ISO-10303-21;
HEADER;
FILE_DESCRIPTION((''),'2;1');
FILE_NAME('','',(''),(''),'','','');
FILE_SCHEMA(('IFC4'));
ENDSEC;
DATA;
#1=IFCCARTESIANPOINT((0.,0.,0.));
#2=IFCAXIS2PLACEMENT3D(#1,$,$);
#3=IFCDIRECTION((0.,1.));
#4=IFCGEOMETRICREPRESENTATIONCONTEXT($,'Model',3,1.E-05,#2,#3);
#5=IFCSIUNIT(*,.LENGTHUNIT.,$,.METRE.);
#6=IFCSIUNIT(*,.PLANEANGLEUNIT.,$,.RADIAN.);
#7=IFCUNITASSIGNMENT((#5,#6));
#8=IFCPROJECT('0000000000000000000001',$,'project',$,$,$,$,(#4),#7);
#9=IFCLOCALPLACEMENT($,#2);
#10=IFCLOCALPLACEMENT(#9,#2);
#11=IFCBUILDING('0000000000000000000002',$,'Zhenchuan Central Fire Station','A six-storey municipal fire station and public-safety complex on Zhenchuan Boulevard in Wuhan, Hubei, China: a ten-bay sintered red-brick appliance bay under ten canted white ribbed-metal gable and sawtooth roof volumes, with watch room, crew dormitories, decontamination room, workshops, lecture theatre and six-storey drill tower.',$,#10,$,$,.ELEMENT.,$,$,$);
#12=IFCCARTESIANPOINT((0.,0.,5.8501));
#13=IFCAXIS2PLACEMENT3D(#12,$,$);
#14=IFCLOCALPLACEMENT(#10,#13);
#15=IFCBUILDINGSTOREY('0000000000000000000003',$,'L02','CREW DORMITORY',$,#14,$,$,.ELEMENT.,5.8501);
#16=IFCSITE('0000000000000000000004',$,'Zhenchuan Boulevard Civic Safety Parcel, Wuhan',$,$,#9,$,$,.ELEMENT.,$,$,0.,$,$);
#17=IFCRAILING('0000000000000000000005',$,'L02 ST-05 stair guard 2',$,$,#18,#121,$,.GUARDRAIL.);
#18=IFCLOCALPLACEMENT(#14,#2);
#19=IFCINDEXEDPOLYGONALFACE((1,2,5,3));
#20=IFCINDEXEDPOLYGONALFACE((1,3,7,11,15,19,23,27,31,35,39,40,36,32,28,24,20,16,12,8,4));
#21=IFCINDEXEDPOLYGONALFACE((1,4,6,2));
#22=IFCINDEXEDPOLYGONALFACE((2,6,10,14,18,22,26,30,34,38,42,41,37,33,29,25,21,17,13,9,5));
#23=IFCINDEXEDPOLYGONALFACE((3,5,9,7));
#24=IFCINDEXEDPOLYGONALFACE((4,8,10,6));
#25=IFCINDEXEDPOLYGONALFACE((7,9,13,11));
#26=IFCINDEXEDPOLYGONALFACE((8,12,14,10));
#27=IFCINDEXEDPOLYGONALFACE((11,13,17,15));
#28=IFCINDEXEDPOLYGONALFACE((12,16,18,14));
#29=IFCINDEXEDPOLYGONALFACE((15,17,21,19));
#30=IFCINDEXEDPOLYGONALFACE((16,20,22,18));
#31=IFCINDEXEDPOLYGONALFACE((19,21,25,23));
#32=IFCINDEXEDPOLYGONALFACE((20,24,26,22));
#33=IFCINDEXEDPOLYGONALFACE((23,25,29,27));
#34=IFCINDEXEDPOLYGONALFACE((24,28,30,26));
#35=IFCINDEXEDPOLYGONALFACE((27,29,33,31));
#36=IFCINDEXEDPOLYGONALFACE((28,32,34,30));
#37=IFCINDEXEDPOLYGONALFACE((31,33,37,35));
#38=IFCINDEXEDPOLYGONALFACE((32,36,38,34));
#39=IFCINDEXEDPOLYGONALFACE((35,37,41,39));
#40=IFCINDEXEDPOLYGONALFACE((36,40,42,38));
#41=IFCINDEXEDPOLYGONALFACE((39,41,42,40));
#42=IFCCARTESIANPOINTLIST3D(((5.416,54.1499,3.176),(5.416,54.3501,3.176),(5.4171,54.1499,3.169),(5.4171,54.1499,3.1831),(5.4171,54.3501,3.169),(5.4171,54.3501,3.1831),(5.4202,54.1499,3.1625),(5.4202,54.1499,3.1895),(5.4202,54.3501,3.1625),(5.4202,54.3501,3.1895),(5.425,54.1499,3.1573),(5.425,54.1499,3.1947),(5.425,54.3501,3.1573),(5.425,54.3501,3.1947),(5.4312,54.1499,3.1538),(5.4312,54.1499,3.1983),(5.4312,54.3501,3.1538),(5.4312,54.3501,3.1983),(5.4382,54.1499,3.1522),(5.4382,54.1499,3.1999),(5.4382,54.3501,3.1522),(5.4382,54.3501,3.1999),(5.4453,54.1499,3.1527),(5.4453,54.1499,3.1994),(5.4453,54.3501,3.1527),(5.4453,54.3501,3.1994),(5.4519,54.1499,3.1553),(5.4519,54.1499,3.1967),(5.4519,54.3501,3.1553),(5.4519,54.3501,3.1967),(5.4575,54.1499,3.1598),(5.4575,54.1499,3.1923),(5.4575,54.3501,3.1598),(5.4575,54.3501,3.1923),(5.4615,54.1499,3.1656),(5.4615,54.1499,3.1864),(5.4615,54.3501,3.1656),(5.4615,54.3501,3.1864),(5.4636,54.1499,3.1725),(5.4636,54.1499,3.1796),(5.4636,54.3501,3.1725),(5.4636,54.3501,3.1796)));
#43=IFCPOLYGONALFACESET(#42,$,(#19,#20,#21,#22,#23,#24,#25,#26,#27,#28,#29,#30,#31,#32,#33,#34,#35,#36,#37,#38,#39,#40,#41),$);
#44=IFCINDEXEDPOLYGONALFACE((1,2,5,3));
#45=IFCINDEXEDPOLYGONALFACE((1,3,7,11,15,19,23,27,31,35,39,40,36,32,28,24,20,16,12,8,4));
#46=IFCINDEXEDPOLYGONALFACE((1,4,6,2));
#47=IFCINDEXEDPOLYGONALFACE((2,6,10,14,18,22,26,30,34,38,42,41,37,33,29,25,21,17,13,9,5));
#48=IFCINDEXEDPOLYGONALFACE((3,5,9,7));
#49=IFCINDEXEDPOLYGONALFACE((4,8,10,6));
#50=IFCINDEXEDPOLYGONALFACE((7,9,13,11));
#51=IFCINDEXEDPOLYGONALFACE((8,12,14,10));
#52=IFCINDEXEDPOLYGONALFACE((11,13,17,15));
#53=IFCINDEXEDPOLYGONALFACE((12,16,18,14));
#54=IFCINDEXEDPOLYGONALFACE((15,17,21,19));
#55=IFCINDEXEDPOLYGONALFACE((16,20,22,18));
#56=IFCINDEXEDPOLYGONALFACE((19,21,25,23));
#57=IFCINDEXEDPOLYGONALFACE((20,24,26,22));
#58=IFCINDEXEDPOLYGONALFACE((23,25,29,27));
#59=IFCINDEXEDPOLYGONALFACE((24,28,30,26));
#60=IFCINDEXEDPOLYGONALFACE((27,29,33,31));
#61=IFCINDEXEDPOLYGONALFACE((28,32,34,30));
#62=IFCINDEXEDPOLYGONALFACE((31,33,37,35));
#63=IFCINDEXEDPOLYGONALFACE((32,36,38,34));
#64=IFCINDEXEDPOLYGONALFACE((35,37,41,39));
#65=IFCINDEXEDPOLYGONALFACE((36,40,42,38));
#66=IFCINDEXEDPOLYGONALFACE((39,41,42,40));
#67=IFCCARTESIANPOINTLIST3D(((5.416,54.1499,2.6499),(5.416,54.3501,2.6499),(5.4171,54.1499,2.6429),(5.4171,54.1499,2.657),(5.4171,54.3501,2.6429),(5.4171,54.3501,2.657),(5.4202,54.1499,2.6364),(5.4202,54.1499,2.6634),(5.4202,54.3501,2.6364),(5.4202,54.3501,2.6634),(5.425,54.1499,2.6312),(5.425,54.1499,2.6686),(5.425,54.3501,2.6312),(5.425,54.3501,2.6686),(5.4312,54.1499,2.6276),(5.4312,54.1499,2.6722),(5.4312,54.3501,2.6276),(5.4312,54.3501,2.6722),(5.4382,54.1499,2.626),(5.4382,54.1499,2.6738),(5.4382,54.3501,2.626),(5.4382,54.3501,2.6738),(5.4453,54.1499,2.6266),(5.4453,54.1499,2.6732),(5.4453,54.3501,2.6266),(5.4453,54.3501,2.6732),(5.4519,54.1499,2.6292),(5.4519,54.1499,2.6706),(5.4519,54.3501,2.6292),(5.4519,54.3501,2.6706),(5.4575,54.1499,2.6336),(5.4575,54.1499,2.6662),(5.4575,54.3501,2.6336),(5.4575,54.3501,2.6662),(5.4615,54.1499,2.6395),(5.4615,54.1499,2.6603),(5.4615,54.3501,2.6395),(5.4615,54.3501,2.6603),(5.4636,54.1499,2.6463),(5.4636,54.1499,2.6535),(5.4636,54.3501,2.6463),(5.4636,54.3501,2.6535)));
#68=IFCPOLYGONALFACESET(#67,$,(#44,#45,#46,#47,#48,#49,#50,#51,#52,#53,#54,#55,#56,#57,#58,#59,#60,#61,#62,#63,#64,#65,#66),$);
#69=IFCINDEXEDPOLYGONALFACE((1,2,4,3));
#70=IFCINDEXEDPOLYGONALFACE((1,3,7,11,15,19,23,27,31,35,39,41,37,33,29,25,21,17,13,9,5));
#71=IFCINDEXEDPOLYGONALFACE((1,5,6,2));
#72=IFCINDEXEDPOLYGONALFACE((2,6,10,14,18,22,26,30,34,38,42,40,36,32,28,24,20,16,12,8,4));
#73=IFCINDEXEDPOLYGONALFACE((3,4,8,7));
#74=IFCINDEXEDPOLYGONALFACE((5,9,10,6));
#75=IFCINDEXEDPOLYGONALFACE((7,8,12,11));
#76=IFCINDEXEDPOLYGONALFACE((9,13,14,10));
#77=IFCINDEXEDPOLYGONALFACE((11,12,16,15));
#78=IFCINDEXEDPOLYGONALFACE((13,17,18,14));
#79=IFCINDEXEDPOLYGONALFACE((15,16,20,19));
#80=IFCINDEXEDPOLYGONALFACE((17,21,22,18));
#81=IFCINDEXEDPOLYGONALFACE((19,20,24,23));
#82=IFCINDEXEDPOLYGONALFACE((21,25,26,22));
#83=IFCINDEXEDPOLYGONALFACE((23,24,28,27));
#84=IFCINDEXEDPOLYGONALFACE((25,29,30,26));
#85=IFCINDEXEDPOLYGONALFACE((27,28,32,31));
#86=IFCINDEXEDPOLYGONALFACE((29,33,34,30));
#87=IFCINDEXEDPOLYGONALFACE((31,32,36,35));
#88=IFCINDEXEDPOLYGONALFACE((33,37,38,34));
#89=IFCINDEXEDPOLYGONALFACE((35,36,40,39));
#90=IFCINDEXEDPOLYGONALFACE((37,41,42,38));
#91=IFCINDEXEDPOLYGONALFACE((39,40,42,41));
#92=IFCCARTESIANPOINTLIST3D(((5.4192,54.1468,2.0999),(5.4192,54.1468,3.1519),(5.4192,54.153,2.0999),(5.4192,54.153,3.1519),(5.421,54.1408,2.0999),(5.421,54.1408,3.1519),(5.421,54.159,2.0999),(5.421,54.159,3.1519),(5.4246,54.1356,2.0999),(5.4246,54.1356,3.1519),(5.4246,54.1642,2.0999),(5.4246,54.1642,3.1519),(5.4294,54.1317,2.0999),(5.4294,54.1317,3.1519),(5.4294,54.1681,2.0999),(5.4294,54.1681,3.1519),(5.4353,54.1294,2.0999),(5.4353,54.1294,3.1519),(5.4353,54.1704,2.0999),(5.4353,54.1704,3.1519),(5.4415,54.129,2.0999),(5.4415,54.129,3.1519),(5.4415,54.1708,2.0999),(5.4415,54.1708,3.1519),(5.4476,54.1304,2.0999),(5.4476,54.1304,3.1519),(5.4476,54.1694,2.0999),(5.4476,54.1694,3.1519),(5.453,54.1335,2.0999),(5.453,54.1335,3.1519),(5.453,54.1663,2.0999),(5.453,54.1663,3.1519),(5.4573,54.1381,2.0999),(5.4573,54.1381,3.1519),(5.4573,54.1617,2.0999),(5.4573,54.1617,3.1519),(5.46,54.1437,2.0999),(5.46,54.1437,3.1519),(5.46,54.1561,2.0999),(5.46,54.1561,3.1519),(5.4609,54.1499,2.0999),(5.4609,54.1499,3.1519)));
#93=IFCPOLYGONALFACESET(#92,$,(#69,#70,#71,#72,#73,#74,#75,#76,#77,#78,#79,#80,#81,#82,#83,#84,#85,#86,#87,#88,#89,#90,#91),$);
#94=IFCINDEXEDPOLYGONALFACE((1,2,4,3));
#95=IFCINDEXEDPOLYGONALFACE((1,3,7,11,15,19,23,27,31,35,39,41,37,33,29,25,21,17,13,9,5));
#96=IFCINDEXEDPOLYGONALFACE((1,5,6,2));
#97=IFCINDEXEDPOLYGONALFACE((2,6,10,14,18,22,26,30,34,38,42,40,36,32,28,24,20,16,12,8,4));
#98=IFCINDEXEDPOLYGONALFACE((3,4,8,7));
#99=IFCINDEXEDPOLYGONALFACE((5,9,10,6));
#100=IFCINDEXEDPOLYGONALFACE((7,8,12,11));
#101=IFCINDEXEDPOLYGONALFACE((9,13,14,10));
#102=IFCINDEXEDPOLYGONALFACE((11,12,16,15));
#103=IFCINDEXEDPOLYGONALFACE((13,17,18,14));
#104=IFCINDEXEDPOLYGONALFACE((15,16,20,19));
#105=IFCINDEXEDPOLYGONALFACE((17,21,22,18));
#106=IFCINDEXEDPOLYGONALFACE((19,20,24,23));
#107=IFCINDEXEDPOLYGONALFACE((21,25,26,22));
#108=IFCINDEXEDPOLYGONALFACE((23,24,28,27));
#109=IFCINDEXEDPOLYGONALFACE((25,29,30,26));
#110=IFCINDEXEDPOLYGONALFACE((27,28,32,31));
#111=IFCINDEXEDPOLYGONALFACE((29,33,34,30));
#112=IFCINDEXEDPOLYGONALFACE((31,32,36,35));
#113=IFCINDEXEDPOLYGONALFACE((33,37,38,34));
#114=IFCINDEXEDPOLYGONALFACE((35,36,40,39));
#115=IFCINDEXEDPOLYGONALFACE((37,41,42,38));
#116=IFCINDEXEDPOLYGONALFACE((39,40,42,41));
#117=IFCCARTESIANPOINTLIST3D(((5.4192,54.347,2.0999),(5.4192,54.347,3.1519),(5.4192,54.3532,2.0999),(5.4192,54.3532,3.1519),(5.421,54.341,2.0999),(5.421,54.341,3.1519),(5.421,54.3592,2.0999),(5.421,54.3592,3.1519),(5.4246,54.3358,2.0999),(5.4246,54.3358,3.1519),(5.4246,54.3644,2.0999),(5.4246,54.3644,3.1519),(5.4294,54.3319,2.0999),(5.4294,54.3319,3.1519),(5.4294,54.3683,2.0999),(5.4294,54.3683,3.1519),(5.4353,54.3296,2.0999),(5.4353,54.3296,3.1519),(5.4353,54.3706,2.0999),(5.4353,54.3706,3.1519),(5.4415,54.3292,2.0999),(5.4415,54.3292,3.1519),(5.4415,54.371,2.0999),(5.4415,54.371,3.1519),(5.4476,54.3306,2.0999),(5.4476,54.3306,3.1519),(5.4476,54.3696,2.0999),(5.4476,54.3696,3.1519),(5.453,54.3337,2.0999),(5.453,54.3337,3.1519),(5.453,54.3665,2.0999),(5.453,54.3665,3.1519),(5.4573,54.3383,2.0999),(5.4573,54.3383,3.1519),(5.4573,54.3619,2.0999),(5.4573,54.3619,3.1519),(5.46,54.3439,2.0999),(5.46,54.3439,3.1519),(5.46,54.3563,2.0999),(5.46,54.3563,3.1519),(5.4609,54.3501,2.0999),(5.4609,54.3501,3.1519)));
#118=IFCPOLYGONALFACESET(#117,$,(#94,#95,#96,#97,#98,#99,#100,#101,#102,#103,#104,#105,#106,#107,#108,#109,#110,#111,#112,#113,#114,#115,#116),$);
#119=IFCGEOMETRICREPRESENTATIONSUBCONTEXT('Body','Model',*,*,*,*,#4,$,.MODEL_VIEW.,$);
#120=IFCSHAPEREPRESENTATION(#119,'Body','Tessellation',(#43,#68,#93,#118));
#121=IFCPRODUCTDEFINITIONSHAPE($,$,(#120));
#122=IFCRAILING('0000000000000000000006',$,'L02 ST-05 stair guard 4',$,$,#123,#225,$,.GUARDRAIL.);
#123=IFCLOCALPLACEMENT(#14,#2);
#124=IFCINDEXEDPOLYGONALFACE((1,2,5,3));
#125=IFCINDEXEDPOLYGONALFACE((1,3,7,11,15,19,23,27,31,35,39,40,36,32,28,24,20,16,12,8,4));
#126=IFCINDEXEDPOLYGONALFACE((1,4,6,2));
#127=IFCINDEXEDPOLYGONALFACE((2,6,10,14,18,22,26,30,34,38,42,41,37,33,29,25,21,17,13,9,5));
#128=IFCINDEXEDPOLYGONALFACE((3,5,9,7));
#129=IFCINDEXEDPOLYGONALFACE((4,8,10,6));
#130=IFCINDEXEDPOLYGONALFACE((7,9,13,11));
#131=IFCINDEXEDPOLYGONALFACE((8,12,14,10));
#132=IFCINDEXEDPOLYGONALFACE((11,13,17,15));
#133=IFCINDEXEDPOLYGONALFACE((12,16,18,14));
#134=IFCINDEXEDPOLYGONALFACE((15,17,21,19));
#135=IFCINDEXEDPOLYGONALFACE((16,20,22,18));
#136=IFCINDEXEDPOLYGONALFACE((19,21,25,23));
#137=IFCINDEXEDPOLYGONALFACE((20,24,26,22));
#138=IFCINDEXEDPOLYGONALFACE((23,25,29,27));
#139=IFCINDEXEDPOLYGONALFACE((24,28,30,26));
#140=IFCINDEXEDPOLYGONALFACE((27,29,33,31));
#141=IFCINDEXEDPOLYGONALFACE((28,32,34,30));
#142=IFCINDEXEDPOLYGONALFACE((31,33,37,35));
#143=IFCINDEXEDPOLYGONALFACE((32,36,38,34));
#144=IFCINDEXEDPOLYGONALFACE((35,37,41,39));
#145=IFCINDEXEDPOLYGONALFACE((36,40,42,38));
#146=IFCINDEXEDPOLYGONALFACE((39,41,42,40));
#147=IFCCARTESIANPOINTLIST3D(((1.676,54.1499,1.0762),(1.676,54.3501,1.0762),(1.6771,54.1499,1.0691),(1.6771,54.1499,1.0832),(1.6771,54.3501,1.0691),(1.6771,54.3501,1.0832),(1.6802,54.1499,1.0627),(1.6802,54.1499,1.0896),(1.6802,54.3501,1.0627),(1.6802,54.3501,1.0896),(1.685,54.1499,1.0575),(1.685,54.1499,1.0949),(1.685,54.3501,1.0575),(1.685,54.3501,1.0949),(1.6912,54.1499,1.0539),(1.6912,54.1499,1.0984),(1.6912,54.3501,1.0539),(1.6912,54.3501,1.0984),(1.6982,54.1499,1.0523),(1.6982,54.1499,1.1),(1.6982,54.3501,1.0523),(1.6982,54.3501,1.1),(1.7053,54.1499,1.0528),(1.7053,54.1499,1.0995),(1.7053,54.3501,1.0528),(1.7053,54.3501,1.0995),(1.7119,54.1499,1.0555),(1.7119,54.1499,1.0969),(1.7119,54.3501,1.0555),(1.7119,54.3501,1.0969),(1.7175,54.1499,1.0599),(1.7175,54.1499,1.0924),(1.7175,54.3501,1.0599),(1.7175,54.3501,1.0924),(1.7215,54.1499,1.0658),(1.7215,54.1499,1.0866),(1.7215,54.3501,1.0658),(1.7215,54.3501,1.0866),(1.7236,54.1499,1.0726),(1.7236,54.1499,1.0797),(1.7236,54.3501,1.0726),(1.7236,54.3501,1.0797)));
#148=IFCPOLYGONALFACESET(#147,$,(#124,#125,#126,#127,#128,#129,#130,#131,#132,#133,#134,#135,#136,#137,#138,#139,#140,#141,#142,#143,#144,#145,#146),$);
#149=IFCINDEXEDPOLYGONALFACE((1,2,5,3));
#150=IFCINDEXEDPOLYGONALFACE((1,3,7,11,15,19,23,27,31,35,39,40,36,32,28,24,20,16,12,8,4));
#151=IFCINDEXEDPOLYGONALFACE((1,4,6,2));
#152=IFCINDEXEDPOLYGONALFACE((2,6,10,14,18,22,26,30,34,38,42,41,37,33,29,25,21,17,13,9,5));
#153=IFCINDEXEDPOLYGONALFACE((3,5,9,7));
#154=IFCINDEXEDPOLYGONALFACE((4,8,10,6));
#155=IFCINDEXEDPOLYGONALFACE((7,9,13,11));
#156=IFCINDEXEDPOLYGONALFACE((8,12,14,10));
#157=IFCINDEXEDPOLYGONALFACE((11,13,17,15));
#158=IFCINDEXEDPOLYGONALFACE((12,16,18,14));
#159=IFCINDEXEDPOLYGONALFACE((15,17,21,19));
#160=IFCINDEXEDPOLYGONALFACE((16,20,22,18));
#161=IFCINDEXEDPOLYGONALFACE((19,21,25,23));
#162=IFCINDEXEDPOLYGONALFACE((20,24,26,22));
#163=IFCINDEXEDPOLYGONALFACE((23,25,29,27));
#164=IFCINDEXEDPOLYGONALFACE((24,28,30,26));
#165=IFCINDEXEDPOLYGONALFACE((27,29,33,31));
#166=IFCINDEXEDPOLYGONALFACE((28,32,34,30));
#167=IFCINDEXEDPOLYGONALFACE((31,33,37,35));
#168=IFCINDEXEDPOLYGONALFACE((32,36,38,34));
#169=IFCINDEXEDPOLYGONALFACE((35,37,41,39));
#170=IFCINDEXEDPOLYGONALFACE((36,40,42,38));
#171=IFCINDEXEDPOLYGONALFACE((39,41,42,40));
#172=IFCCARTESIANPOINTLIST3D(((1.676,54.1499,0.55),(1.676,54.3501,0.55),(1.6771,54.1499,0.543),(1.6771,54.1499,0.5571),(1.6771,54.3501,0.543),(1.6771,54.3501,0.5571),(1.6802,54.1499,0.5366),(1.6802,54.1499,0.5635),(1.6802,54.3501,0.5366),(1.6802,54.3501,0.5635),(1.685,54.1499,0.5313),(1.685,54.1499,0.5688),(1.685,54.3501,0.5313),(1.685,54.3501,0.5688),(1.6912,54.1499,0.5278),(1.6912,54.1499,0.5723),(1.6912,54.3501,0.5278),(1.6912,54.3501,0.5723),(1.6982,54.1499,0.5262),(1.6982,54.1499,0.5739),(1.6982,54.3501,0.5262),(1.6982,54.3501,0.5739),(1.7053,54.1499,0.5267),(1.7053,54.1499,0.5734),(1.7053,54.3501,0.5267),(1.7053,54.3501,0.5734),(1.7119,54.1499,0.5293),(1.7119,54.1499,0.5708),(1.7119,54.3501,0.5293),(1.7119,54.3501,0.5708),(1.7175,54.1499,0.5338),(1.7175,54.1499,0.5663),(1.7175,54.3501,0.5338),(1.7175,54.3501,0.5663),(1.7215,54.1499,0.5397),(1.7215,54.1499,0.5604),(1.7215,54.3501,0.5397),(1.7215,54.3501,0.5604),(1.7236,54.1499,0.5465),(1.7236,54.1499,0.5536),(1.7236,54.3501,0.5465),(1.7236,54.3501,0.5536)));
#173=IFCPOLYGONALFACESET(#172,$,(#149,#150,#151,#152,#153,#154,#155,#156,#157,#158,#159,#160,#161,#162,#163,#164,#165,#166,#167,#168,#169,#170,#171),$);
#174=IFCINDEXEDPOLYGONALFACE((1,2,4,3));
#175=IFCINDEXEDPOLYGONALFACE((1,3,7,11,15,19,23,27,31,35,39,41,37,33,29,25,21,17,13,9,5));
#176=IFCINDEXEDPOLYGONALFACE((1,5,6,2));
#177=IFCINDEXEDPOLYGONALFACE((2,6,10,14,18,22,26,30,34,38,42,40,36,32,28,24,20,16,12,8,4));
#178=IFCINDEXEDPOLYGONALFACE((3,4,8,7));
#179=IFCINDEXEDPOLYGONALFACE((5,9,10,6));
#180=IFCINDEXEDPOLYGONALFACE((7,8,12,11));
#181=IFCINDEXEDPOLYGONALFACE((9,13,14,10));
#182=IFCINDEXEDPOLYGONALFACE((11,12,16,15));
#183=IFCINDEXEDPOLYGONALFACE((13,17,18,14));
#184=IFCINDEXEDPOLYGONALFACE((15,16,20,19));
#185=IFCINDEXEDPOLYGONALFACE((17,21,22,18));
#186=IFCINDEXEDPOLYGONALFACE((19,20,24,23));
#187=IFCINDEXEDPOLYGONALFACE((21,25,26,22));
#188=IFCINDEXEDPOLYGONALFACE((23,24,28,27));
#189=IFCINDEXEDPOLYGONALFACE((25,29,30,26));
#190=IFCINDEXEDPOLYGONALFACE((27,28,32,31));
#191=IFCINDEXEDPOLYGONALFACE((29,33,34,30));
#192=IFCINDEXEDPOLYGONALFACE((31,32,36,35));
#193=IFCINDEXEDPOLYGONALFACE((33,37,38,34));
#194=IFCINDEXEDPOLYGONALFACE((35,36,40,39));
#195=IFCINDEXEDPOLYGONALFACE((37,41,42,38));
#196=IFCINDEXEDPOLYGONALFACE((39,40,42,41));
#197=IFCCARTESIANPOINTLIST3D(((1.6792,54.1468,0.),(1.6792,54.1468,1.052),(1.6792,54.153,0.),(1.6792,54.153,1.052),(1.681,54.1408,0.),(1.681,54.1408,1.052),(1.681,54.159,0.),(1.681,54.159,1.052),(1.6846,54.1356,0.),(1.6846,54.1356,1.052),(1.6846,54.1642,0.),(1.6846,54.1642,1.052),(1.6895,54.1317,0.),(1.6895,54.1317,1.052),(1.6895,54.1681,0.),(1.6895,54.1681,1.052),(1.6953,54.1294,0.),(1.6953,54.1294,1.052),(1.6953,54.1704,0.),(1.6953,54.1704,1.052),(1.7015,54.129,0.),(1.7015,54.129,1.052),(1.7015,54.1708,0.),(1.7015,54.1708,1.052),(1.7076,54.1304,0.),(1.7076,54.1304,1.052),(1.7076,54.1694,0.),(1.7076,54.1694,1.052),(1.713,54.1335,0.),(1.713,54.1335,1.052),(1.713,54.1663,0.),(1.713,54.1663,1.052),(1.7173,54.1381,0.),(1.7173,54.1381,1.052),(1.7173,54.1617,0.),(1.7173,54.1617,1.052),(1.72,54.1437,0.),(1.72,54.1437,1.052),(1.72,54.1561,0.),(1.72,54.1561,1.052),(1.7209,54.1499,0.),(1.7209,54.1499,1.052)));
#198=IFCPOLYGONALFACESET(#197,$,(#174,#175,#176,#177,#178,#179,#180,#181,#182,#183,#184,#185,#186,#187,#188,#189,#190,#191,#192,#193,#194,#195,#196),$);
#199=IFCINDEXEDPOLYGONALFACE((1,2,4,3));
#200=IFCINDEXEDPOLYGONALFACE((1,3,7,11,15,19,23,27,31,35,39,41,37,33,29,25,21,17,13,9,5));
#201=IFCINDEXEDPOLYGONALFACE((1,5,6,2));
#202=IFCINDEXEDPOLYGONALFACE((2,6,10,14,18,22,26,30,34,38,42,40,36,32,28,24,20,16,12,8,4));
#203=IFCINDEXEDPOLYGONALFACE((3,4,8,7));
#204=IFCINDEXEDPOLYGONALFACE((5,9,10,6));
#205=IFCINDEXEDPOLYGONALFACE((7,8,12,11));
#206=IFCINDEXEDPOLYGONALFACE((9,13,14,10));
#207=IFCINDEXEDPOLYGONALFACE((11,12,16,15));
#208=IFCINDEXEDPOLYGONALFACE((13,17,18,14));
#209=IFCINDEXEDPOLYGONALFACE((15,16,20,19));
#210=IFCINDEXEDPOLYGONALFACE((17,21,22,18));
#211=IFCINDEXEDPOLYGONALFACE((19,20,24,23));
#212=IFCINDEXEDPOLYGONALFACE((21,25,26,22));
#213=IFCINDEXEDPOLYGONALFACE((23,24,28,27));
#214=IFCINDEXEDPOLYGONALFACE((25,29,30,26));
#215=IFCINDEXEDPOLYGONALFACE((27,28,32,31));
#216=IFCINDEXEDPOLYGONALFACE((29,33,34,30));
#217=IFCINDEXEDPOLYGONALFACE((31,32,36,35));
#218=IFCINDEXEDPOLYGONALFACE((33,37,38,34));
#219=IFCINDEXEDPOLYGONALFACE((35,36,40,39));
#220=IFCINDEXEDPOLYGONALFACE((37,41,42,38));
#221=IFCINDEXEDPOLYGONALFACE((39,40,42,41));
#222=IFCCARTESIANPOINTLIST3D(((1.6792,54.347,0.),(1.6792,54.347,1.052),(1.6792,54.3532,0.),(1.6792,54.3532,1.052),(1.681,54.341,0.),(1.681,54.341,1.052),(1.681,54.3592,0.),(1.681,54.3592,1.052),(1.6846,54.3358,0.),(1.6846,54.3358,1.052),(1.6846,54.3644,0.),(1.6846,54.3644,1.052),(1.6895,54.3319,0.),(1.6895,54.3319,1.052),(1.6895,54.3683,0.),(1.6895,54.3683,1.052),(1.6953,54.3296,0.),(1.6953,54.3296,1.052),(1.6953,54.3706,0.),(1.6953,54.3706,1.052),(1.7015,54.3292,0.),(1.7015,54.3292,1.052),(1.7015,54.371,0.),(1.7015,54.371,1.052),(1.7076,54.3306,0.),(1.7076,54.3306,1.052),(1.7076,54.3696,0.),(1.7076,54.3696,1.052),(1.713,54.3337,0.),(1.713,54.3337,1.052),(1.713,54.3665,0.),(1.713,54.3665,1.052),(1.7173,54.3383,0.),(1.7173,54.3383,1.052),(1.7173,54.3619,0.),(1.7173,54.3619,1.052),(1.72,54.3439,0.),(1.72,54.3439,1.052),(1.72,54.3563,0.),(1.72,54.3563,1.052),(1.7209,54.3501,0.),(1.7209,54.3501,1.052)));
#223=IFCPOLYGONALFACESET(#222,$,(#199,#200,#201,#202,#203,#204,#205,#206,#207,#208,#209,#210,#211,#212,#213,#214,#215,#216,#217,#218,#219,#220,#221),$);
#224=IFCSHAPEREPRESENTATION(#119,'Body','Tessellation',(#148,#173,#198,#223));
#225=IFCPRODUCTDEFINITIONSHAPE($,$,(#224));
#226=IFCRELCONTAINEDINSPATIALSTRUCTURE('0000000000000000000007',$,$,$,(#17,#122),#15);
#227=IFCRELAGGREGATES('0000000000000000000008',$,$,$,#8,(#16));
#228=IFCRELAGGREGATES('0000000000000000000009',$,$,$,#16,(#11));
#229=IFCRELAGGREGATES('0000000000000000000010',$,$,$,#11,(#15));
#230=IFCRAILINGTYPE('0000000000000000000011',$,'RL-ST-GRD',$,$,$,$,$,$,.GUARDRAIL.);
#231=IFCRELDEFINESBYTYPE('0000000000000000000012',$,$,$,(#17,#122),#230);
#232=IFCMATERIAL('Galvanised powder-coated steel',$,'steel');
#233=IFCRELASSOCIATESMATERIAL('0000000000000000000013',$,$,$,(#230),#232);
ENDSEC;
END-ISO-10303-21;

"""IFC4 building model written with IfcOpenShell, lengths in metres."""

from ifc_helpers import new_model, si_unit, direction, frame, origin, origin_2d, place, context, subcontext, project, spatial, circle, extrude, material, type_object, element, save


model = new_model("IFC4")

# Units and contexts
model_context = context("Model", 3, precision=1e-05, world=origin(), true_north=direction((0.0, 1.0)))
body_context = subcontext(model_context, "Body", "Model", "MODEL_VIEW")
ifc_project = project(units=[si_unit("LENGTHUNIT", "METRE"), si_unit("PLANEANGLEUNIT", "RADIAN")], contexts=[model_context])

# Site, building, storey
site_placement = place(None, origin())
site = spatial("IfcSite", under=ifc_project, at=site_placement, Name="Zhenchuan Boulevard Civic Safety Parcel, Wuhan", CompositionType="ELEMENT", RefElevation=0.0)
building_placement = place(site_placement, origin())
building = spatial("IfcBuilding", under=site, at=building_placement, Name="Zhenchuan Central Fire Station", Description="A six-storey municipal fire station and public-safety complex on Zhenchuan Boulevard in Wuhan, Hubei, China: a ten-bay sintered red-brick appliance bay under ten canted white ribbed-metal gable and sawtooth roof volumes, with watch room, crew dormitories, decontamination room, workshops, lecture theatre and six-storey drill tower.", CompositionType="ELEMENT")
storey_placement = place(building_placement, frame((0.0, 0.0, 5.8501)))
storey = spatial("IfcBuildingStorey", under=building, at=storey_placement, Name="L02", Description="CREW DORMITORY", CompositionType="ELEMENT", Elevation=5.8501)

# Railings
ifc_material_1 = material(Name="Galvanised powder-coated steel", Category="steel")
railing_type_1 = type_object("IfcRailingType", Name="RL-ST-GRD", PredefinedType="GUARDRAIL", material=ifc_material_1)
for number, where, name in (
    (1, (5.4399, 54.1499, 2.0999), "L02 ST-05 stair guard 2"),
    (2, (1.7, 54.1499, 0.0), "L02 ST-05 stair guard 4"),
):
    element("IfcRailing", number, at=place(storey_placement, frame(where)), inside=storey, type_object=railing_type_1, Name=name, PredefinedType="GUARDRAIL", context=body_context, shape_type="SweptSolid", body=[
        extrude(circle(Radius=0.0239, at=origin_2d()), frame((0.0, 0.0, 1.0762), z_axis=(0.0, 1.0, 0.0), x_axis=(-1.0, 0.0, 0.0)), (0.0, 0.0, 1.0), 0.2002),
        extrude(circle(Radius=0.0239, at=origin_2d()), frame((0.0, 0.0, 0.55), z_axis=(0.0, 1.0, 0.0), x_axis=(-1.0, 0.0, 0.0)), (0.0, 0.0, 1.0), 0.2002),
        extrude(circle(Radius=0.021, at=origin_2d()), origin(), (0.0, 0.0, 1.0), 1.052),
        extrude(circle(Radius=0.021, at=origin_2d()), frame((0.0, 0.2002, 0.0)), (0.0, 0.0, 1.0), 1.052),
    ])

save(model, "model.ifc")
